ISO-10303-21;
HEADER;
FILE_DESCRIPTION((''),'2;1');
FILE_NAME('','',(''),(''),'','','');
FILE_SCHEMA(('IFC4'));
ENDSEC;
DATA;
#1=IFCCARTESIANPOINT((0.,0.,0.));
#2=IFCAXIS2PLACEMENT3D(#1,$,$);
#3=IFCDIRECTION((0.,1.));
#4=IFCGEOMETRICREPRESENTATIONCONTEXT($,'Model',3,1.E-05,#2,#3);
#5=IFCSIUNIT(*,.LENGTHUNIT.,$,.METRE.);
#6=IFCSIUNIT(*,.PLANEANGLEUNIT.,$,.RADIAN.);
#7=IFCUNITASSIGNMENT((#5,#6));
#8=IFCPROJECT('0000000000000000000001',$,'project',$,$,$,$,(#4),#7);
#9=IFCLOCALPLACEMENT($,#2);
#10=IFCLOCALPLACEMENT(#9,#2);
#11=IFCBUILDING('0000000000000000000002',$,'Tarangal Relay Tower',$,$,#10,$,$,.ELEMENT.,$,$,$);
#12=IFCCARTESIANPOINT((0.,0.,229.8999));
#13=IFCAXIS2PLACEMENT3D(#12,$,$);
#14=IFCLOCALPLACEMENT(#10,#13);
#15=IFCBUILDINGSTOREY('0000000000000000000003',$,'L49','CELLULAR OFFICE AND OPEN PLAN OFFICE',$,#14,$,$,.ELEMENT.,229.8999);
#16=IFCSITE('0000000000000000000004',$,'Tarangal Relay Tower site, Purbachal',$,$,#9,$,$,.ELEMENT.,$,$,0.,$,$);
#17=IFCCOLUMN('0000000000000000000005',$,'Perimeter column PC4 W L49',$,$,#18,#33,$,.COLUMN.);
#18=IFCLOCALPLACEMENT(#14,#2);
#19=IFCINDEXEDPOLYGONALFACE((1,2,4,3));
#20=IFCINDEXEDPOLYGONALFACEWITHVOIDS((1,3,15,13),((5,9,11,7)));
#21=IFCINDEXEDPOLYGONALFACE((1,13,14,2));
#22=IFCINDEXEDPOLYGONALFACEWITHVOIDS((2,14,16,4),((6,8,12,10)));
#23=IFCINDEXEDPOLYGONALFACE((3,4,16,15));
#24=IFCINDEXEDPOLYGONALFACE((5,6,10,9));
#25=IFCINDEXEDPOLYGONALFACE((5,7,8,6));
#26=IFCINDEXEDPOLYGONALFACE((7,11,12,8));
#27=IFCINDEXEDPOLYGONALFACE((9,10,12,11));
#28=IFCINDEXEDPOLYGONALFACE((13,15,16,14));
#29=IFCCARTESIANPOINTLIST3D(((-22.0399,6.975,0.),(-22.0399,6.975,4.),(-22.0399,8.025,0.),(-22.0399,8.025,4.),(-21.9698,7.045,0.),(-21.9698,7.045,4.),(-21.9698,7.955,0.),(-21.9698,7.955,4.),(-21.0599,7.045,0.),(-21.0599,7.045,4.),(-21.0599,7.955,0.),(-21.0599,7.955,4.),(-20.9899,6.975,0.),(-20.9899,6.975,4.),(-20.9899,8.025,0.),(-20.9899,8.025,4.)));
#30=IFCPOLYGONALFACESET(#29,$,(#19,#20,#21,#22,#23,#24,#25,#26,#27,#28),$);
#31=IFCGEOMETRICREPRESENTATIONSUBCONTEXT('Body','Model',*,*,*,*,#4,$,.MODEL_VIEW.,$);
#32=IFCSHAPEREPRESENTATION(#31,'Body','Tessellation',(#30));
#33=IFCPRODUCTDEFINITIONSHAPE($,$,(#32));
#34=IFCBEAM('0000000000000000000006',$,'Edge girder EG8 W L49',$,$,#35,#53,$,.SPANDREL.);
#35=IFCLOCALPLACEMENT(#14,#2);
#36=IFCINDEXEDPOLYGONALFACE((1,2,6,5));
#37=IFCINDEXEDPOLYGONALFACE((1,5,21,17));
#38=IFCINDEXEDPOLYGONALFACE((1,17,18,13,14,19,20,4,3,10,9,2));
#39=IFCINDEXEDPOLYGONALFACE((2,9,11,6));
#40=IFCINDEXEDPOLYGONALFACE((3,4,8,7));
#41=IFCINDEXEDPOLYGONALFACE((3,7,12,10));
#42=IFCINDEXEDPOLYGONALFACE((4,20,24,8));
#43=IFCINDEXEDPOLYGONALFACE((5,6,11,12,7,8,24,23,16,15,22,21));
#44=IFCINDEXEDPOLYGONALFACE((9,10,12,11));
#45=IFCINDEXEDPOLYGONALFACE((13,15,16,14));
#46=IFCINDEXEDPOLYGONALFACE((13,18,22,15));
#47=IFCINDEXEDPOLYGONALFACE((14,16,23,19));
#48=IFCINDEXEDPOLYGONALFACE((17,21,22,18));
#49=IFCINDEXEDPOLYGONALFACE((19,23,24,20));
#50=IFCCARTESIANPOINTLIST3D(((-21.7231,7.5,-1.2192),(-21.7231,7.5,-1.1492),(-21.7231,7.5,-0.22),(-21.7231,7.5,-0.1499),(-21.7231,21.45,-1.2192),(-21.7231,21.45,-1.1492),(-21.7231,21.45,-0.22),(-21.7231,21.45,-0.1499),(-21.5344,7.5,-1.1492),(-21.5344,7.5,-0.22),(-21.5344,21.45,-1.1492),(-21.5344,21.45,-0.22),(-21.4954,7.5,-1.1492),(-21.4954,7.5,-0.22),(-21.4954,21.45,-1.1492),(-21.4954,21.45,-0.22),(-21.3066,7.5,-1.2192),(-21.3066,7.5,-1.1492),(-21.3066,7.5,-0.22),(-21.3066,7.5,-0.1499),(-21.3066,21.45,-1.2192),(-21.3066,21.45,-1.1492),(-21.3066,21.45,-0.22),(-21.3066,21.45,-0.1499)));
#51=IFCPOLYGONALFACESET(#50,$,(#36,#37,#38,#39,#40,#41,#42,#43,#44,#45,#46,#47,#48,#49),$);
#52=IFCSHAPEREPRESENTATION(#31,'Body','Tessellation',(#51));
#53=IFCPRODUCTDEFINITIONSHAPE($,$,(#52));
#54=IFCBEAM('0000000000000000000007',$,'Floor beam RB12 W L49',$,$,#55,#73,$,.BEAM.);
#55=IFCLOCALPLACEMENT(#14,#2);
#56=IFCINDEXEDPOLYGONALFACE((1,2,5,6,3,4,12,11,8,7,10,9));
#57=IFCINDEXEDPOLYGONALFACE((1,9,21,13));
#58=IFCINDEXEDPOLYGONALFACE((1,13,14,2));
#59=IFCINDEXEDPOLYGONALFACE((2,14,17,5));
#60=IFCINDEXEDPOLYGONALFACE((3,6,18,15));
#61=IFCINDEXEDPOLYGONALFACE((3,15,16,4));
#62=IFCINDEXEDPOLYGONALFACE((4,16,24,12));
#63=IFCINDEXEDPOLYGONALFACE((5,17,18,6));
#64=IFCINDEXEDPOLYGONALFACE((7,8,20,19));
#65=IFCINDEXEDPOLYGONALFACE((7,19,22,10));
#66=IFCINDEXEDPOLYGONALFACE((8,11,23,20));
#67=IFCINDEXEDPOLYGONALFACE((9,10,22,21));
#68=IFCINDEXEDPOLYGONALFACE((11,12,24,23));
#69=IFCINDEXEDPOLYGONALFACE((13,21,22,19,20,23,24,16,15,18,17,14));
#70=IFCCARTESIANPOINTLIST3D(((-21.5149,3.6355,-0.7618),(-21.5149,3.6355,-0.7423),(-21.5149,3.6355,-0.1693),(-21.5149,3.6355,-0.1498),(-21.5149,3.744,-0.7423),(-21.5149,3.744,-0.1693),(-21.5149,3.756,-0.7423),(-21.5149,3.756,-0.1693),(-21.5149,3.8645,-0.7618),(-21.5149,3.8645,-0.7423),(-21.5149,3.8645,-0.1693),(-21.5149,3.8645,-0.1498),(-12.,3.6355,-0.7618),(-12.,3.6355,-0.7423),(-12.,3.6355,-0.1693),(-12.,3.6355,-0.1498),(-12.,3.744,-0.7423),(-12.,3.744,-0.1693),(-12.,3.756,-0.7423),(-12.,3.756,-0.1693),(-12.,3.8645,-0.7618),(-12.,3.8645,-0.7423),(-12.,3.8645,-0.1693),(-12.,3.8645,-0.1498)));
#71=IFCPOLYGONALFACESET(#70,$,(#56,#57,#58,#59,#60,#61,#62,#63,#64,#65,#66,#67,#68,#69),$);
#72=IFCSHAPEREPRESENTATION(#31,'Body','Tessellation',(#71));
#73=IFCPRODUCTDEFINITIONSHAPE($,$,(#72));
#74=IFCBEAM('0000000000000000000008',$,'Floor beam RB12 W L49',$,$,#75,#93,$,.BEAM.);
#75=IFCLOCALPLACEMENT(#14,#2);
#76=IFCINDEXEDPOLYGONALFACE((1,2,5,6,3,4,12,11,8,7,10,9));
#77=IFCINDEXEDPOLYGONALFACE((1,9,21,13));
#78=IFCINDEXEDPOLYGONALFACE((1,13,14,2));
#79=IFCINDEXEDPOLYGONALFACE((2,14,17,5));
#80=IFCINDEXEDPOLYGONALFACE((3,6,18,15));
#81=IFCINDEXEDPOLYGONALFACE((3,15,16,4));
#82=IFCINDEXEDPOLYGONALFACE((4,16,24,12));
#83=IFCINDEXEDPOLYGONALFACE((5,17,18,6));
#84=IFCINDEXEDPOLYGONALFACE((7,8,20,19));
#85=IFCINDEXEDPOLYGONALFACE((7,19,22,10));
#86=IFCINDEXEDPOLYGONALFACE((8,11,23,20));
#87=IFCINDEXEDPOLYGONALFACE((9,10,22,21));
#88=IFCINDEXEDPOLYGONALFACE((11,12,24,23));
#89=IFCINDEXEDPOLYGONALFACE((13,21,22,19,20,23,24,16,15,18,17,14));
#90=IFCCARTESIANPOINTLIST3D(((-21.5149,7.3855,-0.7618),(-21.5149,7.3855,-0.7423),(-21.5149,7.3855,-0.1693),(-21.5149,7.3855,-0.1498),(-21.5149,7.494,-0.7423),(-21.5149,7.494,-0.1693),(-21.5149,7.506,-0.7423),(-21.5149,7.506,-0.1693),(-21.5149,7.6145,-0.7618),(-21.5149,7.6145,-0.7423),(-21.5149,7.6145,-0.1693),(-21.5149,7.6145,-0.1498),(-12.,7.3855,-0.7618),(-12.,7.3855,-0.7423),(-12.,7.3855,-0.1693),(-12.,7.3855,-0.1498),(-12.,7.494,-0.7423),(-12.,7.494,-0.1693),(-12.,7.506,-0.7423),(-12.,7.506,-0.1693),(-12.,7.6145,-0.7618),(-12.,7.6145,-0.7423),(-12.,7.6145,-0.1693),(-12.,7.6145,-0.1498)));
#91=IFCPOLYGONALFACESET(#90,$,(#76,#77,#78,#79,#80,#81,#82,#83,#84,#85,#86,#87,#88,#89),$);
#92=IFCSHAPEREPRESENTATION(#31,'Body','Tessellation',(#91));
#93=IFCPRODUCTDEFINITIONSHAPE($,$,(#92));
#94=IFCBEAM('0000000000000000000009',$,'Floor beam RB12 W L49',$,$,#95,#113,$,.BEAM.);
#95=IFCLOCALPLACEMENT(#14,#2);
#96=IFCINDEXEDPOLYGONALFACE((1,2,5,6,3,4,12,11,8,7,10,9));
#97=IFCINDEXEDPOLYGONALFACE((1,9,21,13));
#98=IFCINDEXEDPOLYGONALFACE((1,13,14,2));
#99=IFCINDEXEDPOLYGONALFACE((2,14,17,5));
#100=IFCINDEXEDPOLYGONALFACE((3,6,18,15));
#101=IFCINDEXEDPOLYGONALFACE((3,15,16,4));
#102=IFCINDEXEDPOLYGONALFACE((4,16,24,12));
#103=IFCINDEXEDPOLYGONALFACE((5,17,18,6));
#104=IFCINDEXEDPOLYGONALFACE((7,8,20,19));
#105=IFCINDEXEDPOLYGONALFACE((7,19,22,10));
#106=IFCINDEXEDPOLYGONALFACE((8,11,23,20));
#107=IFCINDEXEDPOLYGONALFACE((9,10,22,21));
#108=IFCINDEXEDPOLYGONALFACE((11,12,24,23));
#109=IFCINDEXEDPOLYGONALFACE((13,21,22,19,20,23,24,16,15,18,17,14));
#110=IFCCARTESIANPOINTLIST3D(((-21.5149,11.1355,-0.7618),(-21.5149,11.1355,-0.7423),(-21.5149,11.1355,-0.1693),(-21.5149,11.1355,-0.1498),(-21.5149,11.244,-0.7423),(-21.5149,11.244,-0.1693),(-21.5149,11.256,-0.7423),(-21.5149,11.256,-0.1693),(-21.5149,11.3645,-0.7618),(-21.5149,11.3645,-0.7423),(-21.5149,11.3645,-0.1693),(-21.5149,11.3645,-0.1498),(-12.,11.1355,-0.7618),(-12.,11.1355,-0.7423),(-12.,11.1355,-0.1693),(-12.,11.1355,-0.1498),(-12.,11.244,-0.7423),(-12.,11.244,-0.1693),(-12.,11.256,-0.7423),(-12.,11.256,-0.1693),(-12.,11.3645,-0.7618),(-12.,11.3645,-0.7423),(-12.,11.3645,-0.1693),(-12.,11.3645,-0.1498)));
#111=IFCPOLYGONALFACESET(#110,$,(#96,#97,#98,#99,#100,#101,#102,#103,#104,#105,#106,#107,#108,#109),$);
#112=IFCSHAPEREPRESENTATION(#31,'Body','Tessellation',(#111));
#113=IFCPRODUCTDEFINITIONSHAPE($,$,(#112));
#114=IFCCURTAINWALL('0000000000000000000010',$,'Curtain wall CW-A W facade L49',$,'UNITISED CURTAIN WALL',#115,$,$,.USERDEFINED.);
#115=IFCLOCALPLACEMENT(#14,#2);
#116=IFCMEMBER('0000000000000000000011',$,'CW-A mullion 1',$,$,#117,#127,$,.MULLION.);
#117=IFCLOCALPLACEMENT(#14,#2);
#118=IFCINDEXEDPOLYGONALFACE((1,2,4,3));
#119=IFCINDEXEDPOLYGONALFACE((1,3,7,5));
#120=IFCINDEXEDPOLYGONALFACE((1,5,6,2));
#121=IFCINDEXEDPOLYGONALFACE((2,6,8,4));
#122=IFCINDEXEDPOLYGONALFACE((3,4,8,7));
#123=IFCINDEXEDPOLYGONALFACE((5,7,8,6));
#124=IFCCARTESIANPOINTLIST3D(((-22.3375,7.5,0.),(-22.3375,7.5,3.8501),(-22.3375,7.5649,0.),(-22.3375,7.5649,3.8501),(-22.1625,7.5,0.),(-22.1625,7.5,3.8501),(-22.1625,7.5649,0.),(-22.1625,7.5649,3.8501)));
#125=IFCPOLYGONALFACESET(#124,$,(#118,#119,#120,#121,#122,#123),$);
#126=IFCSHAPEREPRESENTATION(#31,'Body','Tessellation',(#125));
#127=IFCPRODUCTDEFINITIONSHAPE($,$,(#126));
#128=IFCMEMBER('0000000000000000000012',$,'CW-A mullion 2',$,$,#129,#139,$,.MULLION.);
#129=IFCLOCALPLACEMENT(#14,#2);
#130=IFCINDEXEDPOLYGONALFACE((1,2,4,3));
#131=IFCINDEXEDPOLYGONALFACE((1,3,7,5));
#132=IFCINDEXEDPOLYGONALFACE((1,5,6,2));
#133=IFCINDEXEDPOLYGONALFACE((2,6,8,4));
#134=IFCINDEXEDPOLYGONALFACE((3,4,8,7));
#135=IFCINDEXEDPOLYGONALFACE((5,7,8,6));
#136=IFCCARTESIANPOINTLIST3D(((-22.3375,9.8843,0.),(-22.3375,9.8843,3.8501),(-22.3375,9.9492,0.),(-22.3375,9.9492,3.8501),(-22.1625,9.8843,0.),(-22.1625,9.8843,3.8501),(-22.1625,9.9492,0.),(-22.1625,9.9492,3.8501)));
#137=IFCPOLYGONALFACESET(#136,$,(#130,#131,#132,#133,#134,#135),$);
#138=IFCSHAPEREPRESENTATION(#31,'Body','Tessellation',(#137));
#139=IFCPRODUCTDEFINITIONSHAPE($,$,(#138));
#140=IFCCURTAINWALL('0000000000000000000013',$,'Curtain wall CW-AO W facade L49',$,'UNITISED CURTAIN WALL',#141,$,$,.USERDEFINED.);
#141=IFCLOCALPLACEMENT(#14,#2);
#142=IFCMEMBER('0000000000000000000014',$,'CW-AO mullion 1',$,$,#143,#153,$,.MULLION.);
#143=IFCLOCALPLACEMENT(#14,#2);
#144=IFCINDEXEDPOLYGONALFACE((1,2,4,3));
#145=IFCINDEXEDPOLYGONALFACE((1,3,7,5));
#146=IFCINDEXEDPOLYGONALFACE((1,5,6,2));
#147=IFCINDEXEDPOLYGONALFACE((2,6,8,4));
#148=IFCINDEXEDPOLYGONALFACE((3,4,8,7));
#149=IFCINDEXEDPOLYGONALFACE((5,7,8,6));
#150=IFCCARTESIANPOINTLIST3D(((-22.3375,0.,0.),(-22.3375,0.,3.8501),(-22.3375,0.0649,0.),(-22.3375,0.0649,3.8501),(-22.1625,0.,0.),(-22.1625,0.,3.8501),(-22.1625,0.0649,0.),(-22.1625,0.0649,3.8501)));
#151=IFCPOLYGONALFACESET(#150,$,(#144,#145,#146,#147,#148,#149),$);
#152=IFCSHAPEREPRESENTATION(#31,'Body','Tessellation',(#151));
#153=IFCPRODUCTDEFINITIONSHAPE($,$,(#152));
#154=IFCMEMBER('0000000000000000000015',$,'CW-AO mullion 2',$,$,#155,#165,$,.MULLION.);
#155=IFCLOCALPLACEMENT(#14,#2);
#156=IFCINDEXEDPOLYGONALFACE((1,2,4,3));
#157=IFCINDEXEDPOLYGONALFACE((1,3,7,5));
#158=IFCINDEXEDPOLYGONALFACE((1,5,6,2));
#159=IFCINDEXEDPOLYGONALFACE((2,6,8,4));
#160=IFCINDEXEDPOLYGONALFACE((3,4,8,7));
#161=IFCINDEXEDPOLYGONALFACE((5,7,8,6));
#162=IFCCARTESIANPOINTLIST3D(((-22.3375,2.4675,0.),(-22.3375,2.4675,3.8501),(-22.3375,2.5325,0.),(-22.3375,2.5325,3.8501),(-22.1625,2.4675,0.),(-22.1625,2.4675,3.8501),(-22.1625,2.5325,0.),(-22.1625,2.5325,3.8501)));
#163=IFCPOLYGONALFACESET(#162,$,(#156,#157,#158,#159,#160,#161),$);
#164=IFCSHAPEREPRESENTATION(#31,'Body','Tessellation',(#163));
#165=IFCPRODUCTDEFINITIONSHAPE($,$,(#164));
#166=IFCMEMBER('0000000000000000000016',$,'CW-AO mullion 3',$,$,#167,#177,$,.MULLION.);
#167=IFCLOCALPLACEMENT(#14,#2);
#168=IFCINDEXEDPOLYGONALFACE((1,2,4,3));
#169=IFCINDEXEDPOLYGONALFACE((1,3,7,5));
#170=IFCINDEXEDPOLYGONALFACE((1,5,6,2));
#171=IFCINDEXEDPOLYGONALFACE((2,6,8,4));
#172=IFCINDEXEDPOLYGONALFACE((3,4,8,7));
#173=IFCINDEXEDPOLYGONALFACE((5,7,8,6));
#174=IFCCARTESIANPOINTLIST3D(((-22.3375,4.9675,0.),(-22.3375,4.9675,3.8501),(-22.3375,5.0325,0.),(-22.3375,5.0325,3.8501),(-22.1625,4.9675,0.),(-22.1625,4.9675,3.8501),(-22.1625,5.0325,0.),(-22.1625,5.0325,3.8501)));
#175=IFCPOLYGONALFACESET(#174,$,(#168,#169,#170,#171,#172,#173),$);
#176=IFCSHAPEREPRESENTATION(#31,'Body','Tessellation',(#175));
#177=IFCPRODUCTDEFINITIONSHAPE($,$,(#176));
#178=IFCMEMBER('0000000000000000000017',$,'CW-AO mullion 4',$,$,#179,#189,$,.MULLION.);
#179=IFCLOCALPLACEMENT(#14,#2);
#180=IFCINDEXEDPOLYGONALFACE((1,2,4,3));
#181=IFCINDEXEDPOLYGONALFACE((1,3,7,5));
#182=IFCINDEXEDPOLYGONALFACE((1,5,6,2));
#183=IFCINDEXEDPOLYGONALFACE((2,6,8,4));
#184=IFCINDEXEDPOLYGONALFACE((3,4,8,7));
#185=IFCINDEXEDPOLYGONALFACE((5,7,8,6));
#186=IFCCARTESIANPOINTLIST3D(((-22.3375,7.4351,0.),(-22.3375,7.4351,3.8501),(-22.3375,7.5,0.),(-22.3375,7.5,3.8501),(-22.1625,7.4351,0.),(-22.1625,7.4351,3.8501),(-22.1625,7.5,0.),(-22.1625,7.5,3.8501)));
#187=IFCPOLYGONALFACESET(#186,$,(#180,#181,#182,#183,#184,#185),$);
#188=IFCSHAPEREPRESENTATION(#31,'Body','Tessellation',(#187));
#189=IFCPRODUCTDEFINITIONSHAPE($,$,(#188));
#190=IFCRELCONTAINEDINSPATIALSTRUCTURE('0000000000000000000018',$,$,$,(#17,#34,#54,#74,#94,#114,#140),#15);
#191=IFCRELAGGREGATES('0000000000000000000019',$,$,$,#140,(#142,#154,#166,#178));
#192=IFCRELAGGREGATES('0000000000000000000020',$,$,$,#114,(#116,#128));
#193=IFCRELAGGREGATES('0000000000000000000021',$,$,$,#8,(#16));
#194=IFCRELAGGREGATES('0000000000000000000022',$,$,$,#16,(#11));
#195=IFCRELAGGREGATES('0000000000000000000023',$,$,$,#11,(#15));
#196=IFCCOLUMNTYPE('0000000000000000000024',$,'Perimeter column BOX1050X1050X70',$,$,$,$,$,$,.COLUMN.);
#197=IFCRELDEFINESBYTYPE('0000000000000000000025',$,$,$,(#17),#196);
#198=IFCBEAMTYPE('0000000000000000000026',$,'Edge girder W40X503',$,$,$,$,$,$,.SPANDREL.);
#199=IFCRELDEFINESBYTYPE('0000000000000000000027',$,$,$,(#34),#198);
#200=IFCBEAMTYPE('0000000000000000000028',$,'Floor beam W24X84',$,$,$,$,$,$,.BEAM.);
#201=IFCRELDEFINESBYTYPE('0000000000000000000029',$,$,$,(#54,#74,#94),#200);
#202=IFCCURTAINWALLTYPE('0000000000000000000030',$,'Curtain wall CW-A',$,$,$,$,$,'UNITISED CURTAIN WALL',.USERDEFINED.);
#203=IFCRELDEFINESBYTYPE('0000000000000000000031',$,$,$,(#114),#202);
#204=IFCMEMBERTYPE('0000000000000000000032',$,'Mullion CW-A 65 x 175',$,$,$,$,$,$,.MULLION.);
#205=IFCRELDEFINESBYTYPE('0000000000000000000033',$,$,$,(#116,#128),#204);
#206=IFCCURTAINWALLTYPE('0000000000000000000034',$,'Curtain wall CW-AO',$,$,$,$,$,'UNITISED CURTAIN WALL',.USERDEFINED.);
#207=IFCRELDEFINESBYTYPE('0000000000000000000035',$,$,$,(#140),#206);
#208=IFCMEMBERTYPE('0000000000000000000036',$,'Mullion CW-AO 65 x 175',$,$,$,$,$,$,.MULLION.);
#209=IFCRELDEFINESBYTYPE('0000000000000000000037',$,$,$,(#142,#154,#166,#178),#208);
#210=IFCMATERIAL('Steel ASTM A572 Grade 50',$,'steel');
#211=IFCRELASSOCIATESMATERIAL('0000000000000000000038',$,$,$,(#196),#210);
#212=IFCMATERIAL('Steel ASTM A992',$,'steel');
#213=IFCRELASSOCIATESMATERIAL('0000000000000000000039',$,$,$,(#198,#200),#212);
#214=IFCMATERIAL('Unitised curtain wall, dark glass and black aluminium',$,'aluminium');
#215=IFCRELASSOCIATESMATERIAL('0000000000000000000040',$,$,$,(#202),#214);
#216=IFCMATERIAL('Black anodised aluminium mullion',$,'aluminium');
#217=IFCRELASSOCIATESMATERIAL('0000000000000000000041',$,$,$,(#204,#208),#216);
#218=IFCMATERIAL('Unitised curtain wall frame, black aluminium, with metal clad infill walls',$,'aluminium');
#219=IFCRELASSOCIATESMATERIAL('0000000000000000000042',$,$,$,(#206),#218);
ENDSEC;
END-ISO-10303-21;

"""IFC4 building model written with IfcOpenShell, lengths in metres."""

from ifc_helpers import new_model, si_unit, direction, frame, origin, origin_2d, place, context, subcontext, project, spatial, rectangle, hollow_rectangle, i_section, extrude, material, material_profile, profile_set, type_object, element, aggregate, save


model = new_model("IFC4")

# Units and contexts
model_context = context("Model", 3, precision=1e-05, world=origin(), true_north=direction((0.0, 1.0)))
body_context = subcontext(model_context, "Body", "Model", "MODEL_VIEW")
ifc_project = project(units=[si_unit("LENGTHUNIT", "METRE"), si_unit("PLANEANGLEUNIT", "RADIAN")], contexts=[model_context])

# Site, building, storey
site_placement = place(None, origin())
site = spatial("IfcSite", under=ifc_project, at=site_placement, Name="Tarangal Relay Tower site, Purbachal", CompositionType="ELEMENT", RefElevation=0.0)
building_placement = place(site_placement, origin())
building = spatial("IfcBuilding", under=site, at=building_placement, Name="Tarangal Relay Tower", CompositionType="ELEMENT")
storey_placement = place(building_placement, frame((0.0, 0.0, 229.8999)))
storey = spatial("IfcBuildingStorey", under=building, at=storey_placement, Name="L49", Description="CELLULAR OFFICE AND OPEN PLAN OFFICE", CompositionType="ELEMENT", Elevation=229.8999)

# Column
ifc_material_1 = material(Name="Steel ASTM A572 Grade 50", Category="steel")
ifc_material_profile_1 = material_profile(ifc_material_1, hollow_rectangle(XDim=1.05, YDim=1.05, WallThickness=0.0701, at=origin_2d()), Name="BOX1050X1050X70")
ifc_profile_set_1 = profile_set([ifc_material_profile_1], Name="Steel ASTM A572 Grade 50")
column_type = type_object("IfcColumnType", Name="Perimeter column BOX1050X1050X70", PredefinedType="COLUMN", material=ifc_profile_set_1)
column_placement = place(storey_placement, frame((-21.5149, 7.5, 0.0), z_axis=(0.0, 0.0, 1.0), x_axis=(1.0, 0.0, 0.0)))
element("IfcColumn", 1, at=column_placement, inside=storey, type_object=column_type, Name="Perimeter column PC4 W L49", PredefinedType="COLUMN", context=body_context, shape_type="SweptSolid", body=[
    extrude(hollow_rectangle(XDim=1.05, YDim=1.05, WallThickness=0.0701, at=origin_2d()), origin(), (0.0, 0.0, 1.0), 4.0),
])

# Beams
ifc_material_2 = material(Name="Steel ASTM A992", Category="steel")
ifc_material_profile_2 = material_profile(ifc_material_2, i_section(OverallWidth=0.4165, OverallDepth=1.0693, WebThickness=0.0391, FlangeThickness=0.0701, at=origin_2d()), Name="W40X503")
ifc_profile_set_2 = profile_set([ifc_material_profile_2], Name="Steel ASTM A992")
beam_type_1 = type_object("IfcBeamType", Name="Edge girder W40X503", PredefinedType="SPANDREL", material=ifc_profile_set_2)
beam_placement = place(storey_placement, frame((-21.5149, 7.5, -0.6846), z_axis=(0.0, 1.0, 0.0), x_axis=(-1.0, 0.0, 0.0)))
element("IfcBeam", 2, at=beam_placement, inside=storey, type_object=beam_type_1, Name="Edge girder EG8 W L49", PredefinedType="SPANDREL", context=body_context, shape_type="SweptSolid", body=[
    extrude(i_section(OverallWidth=0.4165, OverallDepth=1.0693, WebThickness=0.0391, FlangeThickness=0.0701, at=origin_2d()), origin(), (0.0, 0.0, 1.0), 13.95),
])
ifc_material_profile_3 = material_profile(ifc_material_2, i_section(OverallWidth=0.229, OverallDepth=0.6121, WebThickness=0.012, FlangeThickness=0.0195, at=origin_2d()), Name="W24X84")
ifc_profile_set_3 = profile_set([ifc_material_profile_3], Name="Steel ASTM A992")
beam_type_2 = type_object("IfcBeamType", Name="Floor beam W24X84", PredefinedType="BEAM", material=ifc_profile_set_3)
for number, where, z_axis, x_axis, name in (
    (3, (-12.0, 3.75, -0.4558), (-1.0, 0.0, 0.0), (0.0, -1.0, 0.0), "Floor beam RB12 W L49"),
    (4, (-12.0, 7.5, -0.4558), (-1.0, 0.0, 0.0), (0.0, -1.0, 0.0), "Floor beam RB12 W L49"),
    (5, (-12.0, 11.25, -0.4558), (-1.0, 0.0, 0.0), (0.0, -1.0, 0.0), "Floor beam RB12 W L49"),
):
    element("IfcBeam", number, at=place(storey_placement, frame(where, z_axis=z_axis, x_axis=x_axis)), inside=storey, type_object=beam_type_2, Name=name, PredefinedType="BEAM", context=body_context, shape_type="SweptSolid", body=[
        extrude(i_section(OverallWidth=0.229, OverallDepth=0.6121, WebThickness=0.012, FlangeThickness=0.0195, at=origin_2d()), origin(), (0.0, 0.0, 1.0), 9.5149),
    ])

# Curtain walls, members
ifc_material_3 = material(Name="Unitised curtain wall, dark glass and black aluminium", Category="aluminium")
curtain_wall_type_1 = type_object("IfcCurtainWallType", Name="Curtain wall CW-A", ElementType="UNITISED CURTAIN WALL", PredefinedType="USERDEFINED", material=ifc_material_3)
curtain_wall_1_placement = place(storey_placement, origin())
curtain_wall_1 = element("IfcCurtainWall", 6, at=curtain_wall_1_placement, inside=storey, type_object=curtain_wall_type_1, Name="Curtain wall CW-A W facade L49", ObjectType="UNITISED CURTAIN WALL", PredefinedType="USERDEFINED")
ifc_material_4 = material(Name="Black anodised aluminium mullion", Category="aluminium")
ifc_material_profile_4 = material_profile(ifc_material_4, rectangle(XDim=0.175, YDim=0.0649, at=origin_2d()), Name="CW-AM 65X175")
ifc_profile_set_4 = profile_set([ifc_material_profile_4], Name="Black anodised aluminium mullion")
member_type_1 = type_object("IfcMemberType", Name="Mullion CW-A 65 x 175", PredefinedType="MULLION", material=ifc_profile_set_4)
member_1_placement = place(storey_placement, frame((-22.25, 7.5325, 0.0), z_axis=(0.0, 0.0, 1.0), x_axis=(-1.0, 0.0, 0.0)))
member_1 = element("IfcMember", 7, at=member_1_placement, type_object=member_type_1, Name="CW-A mullion 1", PredefinedType="MULLION", context=body_context, shape_type="SweptSolid", body=[
    extrude(rectangle(XDim=0.175, YDim=0.0649, at=origin_2d()), origin(), (0.0, 0.0, 1.0), 3.8501),
])
member_2_placement = place(storey_placement, frame((-22.25, 9.9167, 0.0), z_axis=(0.0, 0.0, 1.0), x_axis=(-1.0, 0.0, 0.0)))
member_2 = element("IfcMember", 8, at=member_2_placement, type_object=member_type_1, Name="CW-A mullion 2", PredefinedType="MULLION", context=body_context, shape_type="SweptSolid", body=[
    extrude(rectangle(XDim=0.175, YDim=0.0649, at=origin_2d()), origin(), (0.0, 0.0, 1.0), 3.8501),
])
ifc_material_5 = material(Name="Unitised curtain wall frame, black aluminium, with metal clad infill walls", Category="aluminium")
curtain_wall_type_2 = type_object("IfcCurtainWallType", Name="Curtain wall CW-AO", ElementType="UNITISED CURTAIN WALL", PredefinedType="USERDEFINED", material=ifc_material_5)
curtain_wall_2_placement = place(storey_placement, origin())
curtain_wall_2 = element("IfcCurtainWall", 9, at=curtain_wall_2_placement, inside=storey, type_object=curtain_wall_type_2, Name="Curtain wall CW-AO W facade L49", ObjectType="UNITISED CURTAIN WALL", PredefinedType="USERDEFINED")
ifc_material_profile_5 = material_profile(ifc_material_4, rectangle(XDim=0.175, YDim=0.0649, at=origin_2d()), Name="CW-AOM 65X175")
ifc_profile_set_5 = profile_set([ifc_material_profile_5], Name="Black anodised aluminium mullion")
member_type_2 = type_object("IfcMemberType", Name="Mullion CW-AO 65 x 175", PredefinedType="MULLION", material=ifc_profile_set_5)
member_3_placement = place(storey_placement, frame((-22.25, 0.0325, 0.0), z_axis=(0.0, 0.0, 1.0), x_axis=(-1.0, 0.0, 0.0)))
member_3 = element("IfcMember", 10, at=member_3_placement, type_object=member_type_2, Name="CW-AO mullion 1", PredefinedType="MULLION", context=body_context, shape_type="SweptSolid", body=[
    extrude(rectangle(XDim=0.175, YDim=0.0649, at=origin_2d()), origin(), (0.0, 0.0, 1.0), 3.8501),
])
member_4_placement = place(storey_placement, frame((-22.25, 2.5, 0.0), z_axis=(0.0, 0.0, 1.0), x_axis=(-1.0, 0.0, 0.0)))
member_4 = element("IfcMember", 11, at=member_4_placement, type_object=member_type_2, Name="CW-AO mullion 2", PredefinedType="MULLION", context=body_context, shape_type="SweptSolid", body=[
    extrude(rectangle(XDim=0.175, YDim=0.0649, at=origin_2d()), origin(), (0.0, 0.0, 1.0), 3.8501),
])
member_5_placement = place(storey_placement, frame((-22.25, 5.0, 0.0), z_axis=(0.0, 0.0, 1.0), x_axis=(-1.0, 0.0, 0.0)))
member_5 = element("IfcMember", 12, at=member_5_placement, type_object=member_type_2, Name="CW-AO mullion 3", PredefinedType="MULLION", context=body_context, shape_type="SweptSolid", body=[
    extrude(rectangle(XDim=0.175, YDim=0.0649, at=origin_2d()), origin(), (0.0, 0.0, 1.0), 3.8501),
])
member_6_placement = place(storey_placement, frame((-22.25, 7.4675, 0.0), z_axis=(0.0, 0.0, 1.0), x_axis=(-1.0, 0.0, 0.0)))
member_6 = element("IfcMember", 13, at=member_6_placement, type_object=member_type_2, Name="CW-AO mullion 4", PredefinedType="MULLION", context=body_context, shape_type="SweptSolid", body=[
    extrude(rectangle(XDim=0.175, YDim=0.0649, at=origin_2d()), origin(), (0.0, 0.0, 1.0), 3.8501),
])

aggregate(curtain_wall_2, [member_3, member_4, member_5, member_6])

aggregate(curtain_wall_1, [member_1, member_2])

save(model, "model.ifc")
